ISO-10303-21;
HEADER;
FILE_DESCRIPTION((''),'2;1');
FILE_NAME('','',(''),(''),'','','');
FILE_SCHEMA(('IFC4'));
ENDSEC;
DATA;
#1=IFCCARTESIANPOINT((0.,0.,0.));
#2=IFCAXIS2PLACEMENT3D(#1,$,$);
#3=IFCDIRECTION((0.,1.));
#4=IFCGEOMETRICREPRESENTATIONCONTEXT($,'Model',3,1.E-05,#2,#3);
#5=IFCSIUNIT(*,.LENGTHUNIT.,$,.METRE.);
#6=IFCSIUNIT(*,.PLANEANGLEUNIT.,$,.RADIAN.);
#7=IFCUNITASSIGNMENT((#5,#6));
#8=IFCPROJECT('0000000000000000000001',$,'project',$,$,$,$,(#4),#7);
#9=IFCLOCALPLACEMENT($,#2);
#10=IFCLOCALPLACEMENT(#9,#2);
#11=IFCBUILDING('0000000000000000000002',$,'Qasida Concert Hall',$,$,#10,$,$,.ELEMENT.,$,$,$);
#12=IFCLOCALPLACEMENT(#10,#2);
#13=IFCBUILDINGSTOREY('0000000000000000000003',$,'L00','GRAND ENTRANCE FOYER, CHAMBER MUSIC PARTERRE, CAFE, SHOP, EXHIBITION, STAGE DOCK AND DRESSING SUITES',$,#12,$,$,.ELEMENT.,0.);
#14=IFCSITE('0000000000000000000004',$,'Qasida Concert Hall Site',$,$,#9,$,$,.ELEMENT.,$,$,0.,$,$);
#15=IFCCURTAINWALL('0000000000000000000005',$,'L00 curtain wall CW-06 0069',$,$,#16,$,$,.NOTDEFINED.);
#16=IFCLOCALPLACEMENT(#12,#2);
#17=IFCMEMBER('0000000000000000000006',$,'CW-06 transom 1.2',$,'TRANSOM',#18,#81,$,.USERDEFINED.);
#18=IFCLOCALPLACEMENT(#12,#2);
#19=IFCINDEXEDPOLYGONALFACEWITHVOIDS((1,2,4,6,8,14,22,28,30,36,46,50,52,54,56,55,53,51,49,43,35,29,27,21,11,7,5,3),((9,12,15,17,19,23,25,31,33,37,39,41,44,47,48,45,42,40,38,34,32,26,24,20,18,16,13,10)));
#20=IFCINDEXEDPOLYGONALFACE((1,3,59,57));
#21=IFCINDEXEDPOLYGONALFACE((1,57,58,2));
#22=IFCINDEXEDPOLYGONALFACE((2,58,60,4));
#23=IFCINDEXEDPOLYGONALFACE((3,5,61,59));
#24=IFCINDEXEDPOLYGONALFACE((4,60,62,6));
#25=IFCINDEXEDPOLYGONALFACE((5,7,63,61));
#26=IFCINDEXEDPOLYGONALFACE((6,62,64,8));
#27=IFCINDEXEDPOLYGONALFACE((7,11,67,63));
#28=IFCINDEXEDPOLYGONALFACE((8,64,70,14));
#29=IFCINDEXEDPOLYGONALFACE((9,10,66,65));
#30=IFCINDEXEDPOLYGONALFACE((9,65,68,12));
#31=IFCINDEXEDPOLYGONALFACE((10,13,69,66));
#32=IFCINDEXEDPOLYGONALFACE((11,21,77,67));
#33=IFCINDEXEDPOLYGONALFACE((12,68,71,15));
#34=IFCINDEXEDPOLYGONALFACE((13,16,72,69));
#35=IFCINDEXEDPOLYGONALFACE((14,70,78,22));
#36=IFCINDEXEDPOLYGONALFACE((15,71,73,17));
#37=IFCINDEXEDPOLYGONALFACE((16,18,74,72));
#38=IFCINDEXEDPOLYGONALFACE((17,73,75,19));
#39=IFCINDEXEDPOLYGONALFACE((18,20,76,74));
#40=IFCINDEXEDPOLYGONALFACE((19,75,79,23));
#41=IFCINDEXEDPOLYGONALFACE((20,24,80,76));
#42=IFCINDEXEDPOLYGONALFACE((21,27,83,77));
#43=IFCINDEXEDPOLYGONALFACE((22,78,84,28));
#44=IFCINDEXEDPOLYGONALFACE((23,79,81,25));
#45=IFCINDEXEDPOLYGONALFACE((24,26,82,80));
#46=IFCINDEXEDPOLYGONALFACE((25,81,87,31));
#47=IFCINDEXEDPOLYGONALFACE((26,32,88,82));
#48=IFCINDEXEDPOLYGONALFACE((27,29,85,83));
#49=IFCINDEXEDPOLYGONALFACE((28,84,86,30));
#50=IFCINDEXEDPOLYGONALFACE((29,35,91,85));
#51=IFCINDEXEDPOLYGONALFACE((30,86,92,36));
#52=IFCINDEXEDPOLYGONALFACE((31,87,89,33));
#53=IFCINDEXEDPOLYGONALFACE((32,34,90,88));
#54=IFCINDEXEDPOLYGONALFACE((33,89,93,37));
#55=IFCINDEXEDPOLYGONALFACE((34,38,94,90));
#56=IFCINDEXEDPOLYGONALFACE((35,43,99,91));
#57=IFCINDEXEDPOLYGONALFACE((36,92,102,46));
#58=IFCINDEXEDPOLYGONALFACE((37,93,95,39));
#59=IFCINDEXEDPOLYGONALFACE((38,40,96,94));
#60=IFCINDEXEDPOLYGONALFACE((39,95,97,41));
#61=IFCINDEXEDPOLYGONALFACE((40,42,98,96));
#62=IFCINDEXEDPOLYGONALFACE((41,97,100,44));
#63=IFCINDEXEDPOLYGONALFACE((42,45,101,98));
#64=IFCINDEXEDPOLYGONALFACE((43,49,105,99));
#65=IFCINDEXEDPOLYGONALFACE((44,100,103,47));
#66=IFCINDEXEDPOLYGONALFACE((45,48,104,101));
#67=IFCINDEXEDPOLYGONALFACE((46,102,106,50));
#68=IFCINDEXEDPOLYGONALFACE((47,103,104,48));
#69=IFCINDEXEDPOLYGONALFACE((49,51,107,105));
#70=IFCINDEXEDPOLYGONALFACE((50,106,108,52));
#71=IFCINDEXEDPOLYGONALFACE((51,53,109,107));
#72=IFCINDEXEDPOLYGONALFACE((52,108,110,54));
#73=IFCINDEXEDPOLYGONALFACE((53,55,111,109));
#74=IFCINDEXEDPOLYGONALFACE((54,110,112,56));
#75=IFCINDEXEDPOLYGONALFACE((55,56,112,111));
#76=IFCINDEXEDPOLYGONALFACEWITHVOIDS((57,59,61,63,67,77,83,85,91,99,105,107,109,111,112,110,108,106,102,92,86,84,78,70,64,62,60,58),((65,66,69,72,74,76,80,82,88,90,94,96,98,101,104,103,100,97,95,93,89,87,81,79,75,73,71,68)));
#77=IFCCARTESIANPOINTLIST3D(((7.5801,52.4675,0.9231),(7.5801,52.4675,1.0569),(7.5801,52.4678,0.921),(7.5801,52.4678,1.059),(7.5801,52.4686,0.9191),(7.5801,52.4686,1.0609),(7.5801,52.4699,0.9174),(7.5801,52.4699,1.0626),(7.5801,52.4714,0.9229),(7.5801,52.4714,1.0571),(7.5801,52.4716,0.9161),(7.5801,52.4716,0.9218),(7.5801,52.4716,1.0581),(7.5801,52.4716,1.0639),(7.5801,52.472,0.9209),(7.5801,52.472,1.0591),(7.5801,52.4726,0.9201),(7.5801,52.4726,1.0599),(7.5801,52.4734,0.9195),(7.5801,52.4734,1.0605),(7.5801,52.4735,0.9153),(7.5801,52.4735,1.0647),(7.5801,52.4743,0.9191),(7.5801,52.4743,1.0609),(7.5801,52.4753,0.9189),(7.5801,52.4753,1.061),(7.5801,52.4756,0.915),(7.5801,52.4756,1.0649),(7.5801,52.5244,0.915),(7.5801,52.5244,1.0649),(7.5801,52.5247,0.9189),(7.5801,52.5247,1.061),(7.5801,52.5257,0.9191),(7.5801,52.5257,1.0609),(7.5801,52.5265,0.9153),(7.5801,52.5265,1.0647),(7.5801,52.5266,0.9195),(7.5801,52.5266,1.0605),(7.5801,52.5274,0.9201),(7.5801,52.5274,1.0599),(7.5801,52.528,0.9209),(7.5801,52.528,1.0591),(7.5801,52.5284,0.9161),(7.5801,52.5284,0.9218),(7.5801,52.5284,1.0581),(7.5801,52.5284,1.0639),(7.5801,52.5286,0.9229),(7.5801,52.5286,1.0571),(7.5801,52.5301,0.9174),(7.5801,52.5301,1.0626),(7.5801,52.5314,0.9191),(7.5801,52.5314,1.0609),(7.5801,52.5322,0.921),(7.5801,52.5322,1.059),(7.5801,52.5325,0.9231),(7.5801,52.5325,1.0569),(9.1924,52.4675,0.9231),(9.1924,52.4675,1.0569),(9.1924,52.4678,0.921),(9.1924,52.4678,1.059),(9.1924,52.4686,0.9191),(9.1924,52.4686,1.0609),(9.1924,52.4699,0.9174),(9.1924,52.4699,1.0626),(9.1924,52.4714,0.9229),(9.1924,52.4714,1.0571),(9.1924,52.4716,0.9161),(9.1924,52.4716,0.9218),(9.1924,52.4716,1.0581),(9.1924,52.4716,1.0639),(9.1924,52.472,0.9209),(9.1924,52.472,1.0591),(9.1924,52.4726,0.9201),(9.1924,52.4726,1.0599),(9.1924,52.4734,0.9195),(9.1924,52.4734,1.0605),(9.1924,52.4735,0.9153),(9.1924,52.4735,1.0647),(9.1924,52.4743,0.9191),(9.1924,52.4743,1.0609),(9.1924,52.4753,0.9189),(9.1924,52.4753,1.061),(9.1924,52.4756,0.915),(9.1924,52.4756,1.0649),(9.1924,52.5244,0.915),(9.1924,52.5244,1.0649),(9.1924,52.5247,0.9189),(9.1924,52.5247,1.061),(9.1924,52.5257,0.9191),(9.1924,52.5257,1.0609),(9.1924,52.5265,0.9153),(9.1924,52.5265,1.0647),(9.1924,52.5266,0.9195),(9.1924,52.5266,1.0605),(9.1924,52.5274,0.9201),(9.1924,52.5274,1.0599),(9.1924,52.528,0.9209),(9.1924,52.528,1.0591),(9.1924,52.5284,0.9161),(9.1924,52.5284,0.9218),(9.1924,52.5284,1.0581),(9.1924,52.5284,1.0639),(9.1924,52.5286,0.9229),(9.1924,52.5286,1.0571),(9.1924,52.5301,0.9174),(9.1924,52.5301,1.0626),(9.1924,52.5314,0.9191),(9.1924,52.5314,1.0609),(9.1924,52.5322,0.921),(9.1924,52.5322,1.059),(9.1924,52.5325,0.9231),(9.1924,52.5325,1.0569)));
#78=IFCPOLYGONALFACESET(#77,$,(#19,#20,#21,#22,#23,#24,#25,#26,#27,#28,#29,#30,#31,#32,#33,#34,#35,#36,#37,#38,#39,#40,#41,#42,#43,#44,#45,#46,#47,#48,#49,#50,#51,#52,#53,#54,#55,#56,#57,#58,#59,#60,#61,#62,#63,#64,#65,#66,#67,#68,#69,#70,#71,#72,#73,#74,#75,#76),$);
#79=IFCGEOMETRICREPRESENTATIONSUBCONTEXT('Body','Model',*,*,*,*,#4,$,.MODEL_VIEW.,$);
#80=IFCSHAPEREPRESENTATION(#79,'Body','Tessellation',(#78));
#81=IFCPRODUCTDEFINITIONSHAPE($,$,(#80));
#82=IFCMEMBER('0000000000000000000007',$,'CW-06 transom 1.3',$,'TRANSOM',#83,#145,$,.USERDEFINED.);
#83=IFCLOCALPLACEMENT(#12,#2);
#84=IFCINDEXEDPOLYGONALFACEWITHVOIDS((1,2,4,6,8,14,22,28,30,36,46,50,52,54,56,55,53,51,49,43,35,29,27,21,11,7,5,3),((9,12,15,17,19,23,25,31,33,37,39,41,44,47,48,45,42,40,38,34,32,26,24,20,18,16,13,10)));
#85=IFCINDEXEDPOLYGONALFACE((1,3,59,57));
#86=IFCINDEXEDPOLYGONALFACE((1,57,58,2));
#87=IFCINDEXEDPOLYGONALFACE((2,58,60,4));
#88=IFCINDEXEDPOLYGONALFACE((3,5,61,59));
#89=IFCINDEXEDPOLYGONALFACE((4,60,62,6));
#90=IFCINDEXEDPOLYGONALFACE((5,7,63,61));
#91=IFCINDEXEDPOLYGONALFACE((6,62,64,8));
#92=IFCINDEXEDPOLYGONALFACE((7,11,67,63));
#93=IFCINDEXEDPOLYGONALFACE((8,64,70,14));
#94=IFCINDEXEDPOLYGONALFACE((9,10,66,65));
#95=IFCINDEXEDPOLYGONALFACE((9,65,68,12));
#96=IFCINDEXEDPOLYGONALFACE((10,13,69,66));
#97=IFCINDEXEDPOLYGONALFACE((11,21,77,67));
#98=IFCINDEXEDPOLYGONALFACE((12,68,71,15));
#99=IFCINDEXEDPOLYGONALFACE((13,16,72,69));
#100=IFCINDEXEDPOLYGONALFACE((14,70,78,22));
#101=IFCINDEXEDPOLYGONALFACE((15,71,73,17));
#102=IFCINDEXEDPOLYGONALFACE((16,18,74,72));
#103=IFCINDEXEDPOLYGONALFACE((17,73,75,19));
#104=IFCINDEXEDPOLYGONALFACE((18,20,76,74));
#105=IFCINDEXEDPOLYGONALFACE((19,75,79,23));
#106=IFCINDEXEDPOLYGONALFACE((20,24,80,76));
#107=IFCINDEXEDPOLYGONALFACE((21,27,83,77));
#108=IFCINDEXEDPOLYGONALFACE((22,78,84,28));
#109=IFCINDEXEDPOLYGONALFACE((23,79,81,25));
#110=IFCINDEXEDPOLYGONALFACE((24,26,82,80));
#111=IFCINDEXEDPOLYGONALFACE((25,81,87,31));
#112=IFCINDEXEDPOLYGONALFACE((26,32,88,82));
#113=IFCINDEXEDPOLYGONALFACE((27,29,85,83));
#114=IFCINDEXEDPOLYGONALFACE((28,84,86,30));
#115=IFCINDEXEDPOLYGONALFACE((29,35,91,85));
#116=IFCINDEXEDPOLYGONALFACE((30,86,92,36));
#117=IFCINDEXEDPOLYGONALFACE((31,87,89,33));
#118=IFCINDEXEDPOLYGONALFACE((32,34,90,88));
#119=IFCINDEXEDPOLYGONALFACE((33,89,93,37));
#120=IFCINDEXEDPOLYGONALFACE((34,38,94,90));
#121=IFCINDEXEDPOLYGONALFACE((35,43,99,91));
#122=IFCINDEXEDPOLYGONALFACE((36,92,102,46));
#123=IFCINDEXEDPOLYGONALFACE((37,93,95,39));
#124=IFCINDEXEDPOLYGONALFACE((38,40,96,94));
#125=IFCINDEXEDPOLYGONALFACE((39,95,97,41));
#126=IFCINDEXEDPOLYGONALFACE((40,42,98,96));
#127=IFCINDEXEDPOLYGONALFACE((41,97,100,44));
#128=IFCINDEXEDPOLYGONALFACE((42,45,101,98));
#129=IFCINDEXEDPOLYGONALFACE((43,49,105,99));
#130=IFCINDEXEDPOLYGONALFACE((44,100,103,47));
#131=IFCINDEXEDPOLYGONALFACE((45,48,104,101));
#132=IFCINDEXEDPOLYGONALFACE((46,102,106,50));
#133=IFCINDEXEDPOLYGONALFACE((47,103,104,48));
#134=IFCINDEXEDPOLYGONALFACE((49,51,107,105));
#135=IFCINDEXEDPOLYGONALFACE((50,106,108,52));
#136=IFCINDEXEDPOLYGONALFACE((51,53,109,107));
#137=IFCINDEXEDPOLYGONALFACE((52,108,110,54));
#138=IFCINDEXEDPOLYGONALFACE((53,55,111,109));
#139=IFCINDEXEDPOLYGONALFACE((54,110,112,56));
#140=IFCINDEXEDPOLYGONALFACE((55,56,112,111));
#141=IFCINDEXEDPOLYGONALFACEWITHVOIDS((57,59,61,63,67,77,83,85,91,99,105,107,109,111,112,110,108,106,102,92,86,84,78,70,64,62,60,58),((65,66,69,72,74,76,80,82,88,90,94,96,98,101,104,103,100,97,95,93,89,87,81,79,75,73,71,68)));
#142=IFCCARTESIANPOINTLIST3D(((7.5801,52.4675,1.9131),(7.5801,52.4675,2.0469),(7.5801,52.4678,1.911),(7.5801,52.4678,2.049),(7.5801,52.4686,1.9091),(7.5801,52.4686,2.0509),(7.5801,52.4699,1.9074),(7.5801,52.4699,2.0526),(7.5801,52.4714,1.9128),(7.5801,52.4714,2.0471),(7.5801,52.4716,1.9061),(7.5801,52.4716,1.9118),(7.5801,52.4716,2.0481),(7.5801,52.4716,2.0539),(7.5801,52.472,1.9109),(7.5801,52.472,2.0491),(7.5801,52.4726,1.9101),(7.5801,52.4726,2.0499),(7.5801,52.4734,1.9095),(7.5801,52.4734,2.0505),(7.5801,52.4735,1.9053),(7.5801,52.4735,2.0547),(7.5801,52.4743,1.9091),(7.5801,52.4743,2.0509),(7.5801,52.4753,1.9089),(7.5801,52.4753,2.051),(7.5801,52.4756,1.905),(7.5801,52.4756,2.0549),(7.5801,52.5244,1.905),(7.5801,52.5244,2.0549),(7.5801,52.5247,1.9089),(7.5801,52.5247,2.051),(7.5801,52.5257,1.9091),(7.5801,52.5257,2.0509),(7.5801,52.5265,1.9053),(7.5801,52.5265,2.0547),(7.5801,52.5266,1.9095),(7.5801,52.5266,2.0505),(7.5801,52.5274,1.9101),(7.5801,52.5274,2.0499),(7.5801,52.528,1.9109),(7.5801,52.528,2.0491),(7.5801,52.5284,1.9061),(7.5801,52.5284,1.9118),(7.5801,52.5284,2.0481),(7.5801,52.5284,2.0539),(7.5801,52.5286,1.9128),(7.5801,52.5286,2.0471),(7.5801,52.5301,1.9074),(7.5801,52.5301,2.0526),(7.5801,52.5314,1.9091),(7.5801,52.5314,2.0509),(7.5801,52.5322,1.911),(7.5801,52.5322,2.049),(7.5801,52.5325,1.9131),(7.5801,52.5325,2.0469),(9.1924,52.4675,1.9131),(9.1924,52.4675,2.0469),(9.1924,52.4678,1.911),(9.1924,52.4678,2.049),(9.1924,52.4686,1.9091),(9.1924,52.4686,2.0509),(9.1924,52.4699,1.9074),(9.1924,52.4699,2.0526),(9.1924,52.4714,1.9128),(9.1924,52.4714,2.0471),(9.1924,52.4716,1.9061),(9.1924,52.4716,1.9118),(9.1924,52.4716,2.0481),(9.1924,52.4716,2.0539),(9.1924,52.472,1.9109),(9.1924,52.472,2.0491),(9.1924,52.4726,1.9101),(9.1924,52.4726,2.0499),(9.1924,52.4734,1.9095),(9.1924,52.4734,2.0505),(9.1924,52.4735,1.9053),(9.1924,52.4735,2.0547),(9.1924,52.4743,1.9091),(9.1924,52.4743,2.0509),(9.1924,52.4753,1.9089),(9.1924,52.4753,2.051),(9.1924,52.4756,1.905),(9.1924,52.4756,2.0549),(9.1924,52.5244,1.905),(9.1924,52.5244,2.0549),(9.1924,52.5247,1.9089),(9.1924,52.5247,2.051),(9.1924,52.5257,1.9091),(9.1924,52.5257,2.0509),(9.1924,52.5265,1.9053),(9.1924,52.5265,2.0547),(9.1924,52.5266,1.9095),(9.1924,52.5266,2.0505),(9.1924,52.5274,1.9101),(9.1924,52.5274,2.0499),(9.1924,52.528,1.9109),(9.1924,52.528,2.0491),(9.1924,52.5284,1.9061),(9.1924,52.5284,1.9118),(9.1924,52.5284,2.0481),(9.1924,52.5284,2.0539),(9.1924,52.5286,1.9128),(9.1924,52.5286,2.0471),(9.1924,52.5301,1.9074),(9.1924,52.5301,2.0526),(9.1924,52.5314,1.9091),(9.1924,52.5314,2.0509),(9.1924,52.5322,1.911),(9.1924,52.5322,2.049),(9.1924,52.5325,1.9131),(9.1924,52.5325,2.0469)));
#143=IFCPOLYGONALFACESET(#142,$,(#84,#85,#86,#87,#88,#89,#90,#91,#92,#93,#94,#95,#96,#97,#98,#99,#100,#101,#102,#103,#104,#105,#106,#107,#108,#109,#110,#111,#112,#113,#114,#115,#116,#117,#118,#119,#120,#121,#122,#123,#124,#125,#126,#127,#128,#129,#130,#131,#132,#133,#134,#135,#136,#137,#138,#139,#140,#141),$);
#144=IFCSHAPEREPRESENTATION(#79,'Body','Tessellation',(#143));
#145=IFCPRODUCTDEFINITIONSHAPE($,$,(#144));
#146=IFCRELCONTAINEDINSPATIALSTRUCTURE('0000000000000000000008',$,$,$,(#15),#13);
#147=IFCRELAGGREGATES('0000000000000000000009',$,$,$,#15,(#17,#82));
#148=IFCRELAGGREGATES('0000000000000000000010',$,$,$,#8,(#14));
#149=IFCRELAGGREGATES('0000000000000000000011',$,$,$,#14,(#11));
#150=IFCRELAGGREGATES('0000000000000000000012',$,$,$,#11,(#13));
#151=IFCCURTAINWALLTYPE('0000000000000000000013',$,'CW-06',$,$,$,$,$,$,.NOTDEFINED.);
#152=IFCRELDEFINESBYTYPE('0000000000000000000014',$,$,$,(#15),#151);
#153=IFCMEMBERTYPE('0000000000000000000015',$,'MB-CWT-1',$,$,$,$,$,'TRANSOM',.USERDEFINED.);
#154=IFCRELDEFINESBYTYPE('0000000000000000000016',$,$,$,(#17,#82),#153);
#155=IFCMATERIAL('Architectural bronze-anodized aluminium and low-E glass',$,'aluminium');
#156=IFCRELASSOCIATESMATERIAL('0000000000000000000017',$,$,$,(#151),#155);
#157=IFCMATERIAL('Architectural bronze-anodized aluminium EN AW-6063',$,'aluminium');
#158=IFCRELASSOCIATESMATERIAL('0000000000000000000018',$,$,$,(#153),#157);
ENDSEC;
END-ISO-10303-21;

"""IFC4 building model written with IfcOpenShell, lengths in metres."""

from ifc_helpers import new_model, si_unit, direction, frame, origin, origin_2d, place, context, subcontext, project, spatial, hollow_rectangle, extrude, material, material_profile, profile_set, type_object, element, aggregate, save


model = new_model("IFC4")

# Units and contexts
model_context = context("Model", 3, precision=1e-05, world=origin(), true_north=direction((0.0, 1.0)))
body_context = subcontext(model_context, "Body", "Model", "MODEL_VIEW")
ifc_project = project(units=[si_unit("LENGTHUNIT", "METRE"), si_unit("PLANEANGLEUNIT", "RADIAN")], contexts=[model_context])

# Site, building, storey
site_placement = place(None, origin())
site = spatial("IfcSite", under=ifc_project, at=site_placement, Name="Qasida Concert Hall Site", CompositionType="ELEMENT", RefElevation=0.0)
building_placement = place(site_placement, origin())
building = spatial("IfcBuilding", under=site, at=building_placement, Name="Qasida Concert Hall", CompositionType="ELEMENT")
storey_placement = place(building_placement, origin())
storey = spatial("IfcBuildingStorey", under=building, at=storey_placement, Name="L00", Description="GRAND ENTRANCE FOYER, CHAMBER MUSIC PARTERRE, CAFE, SHOP, EXHIBITION, STAGE DOCK AND DRESSING SUITES", CompositionType="ELEMENT", Elevation=0.0)

# Shared definitions
ifc_material_1 = material(Name="Architectural bronze-anodized aluminium and low-E glass", Category="aluminium")
curtain_wall_type = type_object("IfcCurtainWallType", Name="CW-06", PredefinedType="NOTDEFINED", material=ifc_material_1)
ifc_material_2 = material(Name="Architectural bronze-anodized aluminium EN AW-6063", Category="aluminium")

# Curtain wall
curtain_wall_1_placement = place(storey_placement, origin())
curtain_wall_1 = element("IfcCurtainWall", 1, at=curtain_wall_1_placement, inside=storey, type_object=curtain_wall_type, Name="L00 curtain wall CW-06 0069", PredefinedType="NOTDEFINED")

# Members
ifc_material_profile_1 = material_profile(ifc_material_2, hollow_rectangle(XDim=0.0649, YDim=0.1499, WallThickness=0.0039, InnerFilletRadius=0.0039, OuterFilletRadius=0.0081, at=origin_2d()), Name="CWT 150x65x4")
ifc_profile_set_1 = profile_set([ifc_material_profile_1], Name="Architectural bronze-anodized aluminium EN AW-6063")
member_type_1 = type_object("IfcMemberType", Name="MB-CWT-1", ElementType="TRANSOM", PredefinedType="USERDEFINED", material=ifc_profile_set_1)
member_1_placement = place(storey_placement, frame((7.5801, 52.5, 0.99), z_axis=(1.0, 0.0, 0.0), x_axis=(0.0, 1.0, 0.0)))
member_1 = element("IfcMember", 2, at=member_1_placement, type_object=member_type_1, Name="CW-06 transom 1.2", ObjectType="TRANSOM", PredefinedType="USERDEFINED", context=body_context, shape_type="SweptSolid", body=[
    extrude(hollow_rectangle(XDim=0.0649, YDim=0.1499, WallThickness=0.0039, InnerFilletRadius=0.0039, OuterFilletRadius=0.0081, at=origin_2d()), origin(), (0.0, 0.0, 1.0), 1.6123),
])
member_2_placement = place(storey_placement, frame((7.5801, 52.5, 1.98), z_axis=(1.0, 0.0, 0.0), x_axis=(0.0, 1.0, 0.0)))
member_2 = element("IfcMember", 3, at=member_2_placement, type_object=member_type_1, Name="CW-06 transom 1.3", ObjectType="TRANSOM", PredefinedType="USERDEFINED", context=body_context, shape_type="SweptSolid", body=[
    extrude(hollow_rectangle(XDim=0.0649, YDim=0.1499, WallThickness=0.0039, InnerFilletRadius=0.0039, OuterFilletRadius=0.0081, at=origin_2d()), origin(), (0.0, 0.0, 1.0), 1.6123),
])

aggregate(curtain_wall_1, [member_1, member_2])

save(model, "model.ifc")
